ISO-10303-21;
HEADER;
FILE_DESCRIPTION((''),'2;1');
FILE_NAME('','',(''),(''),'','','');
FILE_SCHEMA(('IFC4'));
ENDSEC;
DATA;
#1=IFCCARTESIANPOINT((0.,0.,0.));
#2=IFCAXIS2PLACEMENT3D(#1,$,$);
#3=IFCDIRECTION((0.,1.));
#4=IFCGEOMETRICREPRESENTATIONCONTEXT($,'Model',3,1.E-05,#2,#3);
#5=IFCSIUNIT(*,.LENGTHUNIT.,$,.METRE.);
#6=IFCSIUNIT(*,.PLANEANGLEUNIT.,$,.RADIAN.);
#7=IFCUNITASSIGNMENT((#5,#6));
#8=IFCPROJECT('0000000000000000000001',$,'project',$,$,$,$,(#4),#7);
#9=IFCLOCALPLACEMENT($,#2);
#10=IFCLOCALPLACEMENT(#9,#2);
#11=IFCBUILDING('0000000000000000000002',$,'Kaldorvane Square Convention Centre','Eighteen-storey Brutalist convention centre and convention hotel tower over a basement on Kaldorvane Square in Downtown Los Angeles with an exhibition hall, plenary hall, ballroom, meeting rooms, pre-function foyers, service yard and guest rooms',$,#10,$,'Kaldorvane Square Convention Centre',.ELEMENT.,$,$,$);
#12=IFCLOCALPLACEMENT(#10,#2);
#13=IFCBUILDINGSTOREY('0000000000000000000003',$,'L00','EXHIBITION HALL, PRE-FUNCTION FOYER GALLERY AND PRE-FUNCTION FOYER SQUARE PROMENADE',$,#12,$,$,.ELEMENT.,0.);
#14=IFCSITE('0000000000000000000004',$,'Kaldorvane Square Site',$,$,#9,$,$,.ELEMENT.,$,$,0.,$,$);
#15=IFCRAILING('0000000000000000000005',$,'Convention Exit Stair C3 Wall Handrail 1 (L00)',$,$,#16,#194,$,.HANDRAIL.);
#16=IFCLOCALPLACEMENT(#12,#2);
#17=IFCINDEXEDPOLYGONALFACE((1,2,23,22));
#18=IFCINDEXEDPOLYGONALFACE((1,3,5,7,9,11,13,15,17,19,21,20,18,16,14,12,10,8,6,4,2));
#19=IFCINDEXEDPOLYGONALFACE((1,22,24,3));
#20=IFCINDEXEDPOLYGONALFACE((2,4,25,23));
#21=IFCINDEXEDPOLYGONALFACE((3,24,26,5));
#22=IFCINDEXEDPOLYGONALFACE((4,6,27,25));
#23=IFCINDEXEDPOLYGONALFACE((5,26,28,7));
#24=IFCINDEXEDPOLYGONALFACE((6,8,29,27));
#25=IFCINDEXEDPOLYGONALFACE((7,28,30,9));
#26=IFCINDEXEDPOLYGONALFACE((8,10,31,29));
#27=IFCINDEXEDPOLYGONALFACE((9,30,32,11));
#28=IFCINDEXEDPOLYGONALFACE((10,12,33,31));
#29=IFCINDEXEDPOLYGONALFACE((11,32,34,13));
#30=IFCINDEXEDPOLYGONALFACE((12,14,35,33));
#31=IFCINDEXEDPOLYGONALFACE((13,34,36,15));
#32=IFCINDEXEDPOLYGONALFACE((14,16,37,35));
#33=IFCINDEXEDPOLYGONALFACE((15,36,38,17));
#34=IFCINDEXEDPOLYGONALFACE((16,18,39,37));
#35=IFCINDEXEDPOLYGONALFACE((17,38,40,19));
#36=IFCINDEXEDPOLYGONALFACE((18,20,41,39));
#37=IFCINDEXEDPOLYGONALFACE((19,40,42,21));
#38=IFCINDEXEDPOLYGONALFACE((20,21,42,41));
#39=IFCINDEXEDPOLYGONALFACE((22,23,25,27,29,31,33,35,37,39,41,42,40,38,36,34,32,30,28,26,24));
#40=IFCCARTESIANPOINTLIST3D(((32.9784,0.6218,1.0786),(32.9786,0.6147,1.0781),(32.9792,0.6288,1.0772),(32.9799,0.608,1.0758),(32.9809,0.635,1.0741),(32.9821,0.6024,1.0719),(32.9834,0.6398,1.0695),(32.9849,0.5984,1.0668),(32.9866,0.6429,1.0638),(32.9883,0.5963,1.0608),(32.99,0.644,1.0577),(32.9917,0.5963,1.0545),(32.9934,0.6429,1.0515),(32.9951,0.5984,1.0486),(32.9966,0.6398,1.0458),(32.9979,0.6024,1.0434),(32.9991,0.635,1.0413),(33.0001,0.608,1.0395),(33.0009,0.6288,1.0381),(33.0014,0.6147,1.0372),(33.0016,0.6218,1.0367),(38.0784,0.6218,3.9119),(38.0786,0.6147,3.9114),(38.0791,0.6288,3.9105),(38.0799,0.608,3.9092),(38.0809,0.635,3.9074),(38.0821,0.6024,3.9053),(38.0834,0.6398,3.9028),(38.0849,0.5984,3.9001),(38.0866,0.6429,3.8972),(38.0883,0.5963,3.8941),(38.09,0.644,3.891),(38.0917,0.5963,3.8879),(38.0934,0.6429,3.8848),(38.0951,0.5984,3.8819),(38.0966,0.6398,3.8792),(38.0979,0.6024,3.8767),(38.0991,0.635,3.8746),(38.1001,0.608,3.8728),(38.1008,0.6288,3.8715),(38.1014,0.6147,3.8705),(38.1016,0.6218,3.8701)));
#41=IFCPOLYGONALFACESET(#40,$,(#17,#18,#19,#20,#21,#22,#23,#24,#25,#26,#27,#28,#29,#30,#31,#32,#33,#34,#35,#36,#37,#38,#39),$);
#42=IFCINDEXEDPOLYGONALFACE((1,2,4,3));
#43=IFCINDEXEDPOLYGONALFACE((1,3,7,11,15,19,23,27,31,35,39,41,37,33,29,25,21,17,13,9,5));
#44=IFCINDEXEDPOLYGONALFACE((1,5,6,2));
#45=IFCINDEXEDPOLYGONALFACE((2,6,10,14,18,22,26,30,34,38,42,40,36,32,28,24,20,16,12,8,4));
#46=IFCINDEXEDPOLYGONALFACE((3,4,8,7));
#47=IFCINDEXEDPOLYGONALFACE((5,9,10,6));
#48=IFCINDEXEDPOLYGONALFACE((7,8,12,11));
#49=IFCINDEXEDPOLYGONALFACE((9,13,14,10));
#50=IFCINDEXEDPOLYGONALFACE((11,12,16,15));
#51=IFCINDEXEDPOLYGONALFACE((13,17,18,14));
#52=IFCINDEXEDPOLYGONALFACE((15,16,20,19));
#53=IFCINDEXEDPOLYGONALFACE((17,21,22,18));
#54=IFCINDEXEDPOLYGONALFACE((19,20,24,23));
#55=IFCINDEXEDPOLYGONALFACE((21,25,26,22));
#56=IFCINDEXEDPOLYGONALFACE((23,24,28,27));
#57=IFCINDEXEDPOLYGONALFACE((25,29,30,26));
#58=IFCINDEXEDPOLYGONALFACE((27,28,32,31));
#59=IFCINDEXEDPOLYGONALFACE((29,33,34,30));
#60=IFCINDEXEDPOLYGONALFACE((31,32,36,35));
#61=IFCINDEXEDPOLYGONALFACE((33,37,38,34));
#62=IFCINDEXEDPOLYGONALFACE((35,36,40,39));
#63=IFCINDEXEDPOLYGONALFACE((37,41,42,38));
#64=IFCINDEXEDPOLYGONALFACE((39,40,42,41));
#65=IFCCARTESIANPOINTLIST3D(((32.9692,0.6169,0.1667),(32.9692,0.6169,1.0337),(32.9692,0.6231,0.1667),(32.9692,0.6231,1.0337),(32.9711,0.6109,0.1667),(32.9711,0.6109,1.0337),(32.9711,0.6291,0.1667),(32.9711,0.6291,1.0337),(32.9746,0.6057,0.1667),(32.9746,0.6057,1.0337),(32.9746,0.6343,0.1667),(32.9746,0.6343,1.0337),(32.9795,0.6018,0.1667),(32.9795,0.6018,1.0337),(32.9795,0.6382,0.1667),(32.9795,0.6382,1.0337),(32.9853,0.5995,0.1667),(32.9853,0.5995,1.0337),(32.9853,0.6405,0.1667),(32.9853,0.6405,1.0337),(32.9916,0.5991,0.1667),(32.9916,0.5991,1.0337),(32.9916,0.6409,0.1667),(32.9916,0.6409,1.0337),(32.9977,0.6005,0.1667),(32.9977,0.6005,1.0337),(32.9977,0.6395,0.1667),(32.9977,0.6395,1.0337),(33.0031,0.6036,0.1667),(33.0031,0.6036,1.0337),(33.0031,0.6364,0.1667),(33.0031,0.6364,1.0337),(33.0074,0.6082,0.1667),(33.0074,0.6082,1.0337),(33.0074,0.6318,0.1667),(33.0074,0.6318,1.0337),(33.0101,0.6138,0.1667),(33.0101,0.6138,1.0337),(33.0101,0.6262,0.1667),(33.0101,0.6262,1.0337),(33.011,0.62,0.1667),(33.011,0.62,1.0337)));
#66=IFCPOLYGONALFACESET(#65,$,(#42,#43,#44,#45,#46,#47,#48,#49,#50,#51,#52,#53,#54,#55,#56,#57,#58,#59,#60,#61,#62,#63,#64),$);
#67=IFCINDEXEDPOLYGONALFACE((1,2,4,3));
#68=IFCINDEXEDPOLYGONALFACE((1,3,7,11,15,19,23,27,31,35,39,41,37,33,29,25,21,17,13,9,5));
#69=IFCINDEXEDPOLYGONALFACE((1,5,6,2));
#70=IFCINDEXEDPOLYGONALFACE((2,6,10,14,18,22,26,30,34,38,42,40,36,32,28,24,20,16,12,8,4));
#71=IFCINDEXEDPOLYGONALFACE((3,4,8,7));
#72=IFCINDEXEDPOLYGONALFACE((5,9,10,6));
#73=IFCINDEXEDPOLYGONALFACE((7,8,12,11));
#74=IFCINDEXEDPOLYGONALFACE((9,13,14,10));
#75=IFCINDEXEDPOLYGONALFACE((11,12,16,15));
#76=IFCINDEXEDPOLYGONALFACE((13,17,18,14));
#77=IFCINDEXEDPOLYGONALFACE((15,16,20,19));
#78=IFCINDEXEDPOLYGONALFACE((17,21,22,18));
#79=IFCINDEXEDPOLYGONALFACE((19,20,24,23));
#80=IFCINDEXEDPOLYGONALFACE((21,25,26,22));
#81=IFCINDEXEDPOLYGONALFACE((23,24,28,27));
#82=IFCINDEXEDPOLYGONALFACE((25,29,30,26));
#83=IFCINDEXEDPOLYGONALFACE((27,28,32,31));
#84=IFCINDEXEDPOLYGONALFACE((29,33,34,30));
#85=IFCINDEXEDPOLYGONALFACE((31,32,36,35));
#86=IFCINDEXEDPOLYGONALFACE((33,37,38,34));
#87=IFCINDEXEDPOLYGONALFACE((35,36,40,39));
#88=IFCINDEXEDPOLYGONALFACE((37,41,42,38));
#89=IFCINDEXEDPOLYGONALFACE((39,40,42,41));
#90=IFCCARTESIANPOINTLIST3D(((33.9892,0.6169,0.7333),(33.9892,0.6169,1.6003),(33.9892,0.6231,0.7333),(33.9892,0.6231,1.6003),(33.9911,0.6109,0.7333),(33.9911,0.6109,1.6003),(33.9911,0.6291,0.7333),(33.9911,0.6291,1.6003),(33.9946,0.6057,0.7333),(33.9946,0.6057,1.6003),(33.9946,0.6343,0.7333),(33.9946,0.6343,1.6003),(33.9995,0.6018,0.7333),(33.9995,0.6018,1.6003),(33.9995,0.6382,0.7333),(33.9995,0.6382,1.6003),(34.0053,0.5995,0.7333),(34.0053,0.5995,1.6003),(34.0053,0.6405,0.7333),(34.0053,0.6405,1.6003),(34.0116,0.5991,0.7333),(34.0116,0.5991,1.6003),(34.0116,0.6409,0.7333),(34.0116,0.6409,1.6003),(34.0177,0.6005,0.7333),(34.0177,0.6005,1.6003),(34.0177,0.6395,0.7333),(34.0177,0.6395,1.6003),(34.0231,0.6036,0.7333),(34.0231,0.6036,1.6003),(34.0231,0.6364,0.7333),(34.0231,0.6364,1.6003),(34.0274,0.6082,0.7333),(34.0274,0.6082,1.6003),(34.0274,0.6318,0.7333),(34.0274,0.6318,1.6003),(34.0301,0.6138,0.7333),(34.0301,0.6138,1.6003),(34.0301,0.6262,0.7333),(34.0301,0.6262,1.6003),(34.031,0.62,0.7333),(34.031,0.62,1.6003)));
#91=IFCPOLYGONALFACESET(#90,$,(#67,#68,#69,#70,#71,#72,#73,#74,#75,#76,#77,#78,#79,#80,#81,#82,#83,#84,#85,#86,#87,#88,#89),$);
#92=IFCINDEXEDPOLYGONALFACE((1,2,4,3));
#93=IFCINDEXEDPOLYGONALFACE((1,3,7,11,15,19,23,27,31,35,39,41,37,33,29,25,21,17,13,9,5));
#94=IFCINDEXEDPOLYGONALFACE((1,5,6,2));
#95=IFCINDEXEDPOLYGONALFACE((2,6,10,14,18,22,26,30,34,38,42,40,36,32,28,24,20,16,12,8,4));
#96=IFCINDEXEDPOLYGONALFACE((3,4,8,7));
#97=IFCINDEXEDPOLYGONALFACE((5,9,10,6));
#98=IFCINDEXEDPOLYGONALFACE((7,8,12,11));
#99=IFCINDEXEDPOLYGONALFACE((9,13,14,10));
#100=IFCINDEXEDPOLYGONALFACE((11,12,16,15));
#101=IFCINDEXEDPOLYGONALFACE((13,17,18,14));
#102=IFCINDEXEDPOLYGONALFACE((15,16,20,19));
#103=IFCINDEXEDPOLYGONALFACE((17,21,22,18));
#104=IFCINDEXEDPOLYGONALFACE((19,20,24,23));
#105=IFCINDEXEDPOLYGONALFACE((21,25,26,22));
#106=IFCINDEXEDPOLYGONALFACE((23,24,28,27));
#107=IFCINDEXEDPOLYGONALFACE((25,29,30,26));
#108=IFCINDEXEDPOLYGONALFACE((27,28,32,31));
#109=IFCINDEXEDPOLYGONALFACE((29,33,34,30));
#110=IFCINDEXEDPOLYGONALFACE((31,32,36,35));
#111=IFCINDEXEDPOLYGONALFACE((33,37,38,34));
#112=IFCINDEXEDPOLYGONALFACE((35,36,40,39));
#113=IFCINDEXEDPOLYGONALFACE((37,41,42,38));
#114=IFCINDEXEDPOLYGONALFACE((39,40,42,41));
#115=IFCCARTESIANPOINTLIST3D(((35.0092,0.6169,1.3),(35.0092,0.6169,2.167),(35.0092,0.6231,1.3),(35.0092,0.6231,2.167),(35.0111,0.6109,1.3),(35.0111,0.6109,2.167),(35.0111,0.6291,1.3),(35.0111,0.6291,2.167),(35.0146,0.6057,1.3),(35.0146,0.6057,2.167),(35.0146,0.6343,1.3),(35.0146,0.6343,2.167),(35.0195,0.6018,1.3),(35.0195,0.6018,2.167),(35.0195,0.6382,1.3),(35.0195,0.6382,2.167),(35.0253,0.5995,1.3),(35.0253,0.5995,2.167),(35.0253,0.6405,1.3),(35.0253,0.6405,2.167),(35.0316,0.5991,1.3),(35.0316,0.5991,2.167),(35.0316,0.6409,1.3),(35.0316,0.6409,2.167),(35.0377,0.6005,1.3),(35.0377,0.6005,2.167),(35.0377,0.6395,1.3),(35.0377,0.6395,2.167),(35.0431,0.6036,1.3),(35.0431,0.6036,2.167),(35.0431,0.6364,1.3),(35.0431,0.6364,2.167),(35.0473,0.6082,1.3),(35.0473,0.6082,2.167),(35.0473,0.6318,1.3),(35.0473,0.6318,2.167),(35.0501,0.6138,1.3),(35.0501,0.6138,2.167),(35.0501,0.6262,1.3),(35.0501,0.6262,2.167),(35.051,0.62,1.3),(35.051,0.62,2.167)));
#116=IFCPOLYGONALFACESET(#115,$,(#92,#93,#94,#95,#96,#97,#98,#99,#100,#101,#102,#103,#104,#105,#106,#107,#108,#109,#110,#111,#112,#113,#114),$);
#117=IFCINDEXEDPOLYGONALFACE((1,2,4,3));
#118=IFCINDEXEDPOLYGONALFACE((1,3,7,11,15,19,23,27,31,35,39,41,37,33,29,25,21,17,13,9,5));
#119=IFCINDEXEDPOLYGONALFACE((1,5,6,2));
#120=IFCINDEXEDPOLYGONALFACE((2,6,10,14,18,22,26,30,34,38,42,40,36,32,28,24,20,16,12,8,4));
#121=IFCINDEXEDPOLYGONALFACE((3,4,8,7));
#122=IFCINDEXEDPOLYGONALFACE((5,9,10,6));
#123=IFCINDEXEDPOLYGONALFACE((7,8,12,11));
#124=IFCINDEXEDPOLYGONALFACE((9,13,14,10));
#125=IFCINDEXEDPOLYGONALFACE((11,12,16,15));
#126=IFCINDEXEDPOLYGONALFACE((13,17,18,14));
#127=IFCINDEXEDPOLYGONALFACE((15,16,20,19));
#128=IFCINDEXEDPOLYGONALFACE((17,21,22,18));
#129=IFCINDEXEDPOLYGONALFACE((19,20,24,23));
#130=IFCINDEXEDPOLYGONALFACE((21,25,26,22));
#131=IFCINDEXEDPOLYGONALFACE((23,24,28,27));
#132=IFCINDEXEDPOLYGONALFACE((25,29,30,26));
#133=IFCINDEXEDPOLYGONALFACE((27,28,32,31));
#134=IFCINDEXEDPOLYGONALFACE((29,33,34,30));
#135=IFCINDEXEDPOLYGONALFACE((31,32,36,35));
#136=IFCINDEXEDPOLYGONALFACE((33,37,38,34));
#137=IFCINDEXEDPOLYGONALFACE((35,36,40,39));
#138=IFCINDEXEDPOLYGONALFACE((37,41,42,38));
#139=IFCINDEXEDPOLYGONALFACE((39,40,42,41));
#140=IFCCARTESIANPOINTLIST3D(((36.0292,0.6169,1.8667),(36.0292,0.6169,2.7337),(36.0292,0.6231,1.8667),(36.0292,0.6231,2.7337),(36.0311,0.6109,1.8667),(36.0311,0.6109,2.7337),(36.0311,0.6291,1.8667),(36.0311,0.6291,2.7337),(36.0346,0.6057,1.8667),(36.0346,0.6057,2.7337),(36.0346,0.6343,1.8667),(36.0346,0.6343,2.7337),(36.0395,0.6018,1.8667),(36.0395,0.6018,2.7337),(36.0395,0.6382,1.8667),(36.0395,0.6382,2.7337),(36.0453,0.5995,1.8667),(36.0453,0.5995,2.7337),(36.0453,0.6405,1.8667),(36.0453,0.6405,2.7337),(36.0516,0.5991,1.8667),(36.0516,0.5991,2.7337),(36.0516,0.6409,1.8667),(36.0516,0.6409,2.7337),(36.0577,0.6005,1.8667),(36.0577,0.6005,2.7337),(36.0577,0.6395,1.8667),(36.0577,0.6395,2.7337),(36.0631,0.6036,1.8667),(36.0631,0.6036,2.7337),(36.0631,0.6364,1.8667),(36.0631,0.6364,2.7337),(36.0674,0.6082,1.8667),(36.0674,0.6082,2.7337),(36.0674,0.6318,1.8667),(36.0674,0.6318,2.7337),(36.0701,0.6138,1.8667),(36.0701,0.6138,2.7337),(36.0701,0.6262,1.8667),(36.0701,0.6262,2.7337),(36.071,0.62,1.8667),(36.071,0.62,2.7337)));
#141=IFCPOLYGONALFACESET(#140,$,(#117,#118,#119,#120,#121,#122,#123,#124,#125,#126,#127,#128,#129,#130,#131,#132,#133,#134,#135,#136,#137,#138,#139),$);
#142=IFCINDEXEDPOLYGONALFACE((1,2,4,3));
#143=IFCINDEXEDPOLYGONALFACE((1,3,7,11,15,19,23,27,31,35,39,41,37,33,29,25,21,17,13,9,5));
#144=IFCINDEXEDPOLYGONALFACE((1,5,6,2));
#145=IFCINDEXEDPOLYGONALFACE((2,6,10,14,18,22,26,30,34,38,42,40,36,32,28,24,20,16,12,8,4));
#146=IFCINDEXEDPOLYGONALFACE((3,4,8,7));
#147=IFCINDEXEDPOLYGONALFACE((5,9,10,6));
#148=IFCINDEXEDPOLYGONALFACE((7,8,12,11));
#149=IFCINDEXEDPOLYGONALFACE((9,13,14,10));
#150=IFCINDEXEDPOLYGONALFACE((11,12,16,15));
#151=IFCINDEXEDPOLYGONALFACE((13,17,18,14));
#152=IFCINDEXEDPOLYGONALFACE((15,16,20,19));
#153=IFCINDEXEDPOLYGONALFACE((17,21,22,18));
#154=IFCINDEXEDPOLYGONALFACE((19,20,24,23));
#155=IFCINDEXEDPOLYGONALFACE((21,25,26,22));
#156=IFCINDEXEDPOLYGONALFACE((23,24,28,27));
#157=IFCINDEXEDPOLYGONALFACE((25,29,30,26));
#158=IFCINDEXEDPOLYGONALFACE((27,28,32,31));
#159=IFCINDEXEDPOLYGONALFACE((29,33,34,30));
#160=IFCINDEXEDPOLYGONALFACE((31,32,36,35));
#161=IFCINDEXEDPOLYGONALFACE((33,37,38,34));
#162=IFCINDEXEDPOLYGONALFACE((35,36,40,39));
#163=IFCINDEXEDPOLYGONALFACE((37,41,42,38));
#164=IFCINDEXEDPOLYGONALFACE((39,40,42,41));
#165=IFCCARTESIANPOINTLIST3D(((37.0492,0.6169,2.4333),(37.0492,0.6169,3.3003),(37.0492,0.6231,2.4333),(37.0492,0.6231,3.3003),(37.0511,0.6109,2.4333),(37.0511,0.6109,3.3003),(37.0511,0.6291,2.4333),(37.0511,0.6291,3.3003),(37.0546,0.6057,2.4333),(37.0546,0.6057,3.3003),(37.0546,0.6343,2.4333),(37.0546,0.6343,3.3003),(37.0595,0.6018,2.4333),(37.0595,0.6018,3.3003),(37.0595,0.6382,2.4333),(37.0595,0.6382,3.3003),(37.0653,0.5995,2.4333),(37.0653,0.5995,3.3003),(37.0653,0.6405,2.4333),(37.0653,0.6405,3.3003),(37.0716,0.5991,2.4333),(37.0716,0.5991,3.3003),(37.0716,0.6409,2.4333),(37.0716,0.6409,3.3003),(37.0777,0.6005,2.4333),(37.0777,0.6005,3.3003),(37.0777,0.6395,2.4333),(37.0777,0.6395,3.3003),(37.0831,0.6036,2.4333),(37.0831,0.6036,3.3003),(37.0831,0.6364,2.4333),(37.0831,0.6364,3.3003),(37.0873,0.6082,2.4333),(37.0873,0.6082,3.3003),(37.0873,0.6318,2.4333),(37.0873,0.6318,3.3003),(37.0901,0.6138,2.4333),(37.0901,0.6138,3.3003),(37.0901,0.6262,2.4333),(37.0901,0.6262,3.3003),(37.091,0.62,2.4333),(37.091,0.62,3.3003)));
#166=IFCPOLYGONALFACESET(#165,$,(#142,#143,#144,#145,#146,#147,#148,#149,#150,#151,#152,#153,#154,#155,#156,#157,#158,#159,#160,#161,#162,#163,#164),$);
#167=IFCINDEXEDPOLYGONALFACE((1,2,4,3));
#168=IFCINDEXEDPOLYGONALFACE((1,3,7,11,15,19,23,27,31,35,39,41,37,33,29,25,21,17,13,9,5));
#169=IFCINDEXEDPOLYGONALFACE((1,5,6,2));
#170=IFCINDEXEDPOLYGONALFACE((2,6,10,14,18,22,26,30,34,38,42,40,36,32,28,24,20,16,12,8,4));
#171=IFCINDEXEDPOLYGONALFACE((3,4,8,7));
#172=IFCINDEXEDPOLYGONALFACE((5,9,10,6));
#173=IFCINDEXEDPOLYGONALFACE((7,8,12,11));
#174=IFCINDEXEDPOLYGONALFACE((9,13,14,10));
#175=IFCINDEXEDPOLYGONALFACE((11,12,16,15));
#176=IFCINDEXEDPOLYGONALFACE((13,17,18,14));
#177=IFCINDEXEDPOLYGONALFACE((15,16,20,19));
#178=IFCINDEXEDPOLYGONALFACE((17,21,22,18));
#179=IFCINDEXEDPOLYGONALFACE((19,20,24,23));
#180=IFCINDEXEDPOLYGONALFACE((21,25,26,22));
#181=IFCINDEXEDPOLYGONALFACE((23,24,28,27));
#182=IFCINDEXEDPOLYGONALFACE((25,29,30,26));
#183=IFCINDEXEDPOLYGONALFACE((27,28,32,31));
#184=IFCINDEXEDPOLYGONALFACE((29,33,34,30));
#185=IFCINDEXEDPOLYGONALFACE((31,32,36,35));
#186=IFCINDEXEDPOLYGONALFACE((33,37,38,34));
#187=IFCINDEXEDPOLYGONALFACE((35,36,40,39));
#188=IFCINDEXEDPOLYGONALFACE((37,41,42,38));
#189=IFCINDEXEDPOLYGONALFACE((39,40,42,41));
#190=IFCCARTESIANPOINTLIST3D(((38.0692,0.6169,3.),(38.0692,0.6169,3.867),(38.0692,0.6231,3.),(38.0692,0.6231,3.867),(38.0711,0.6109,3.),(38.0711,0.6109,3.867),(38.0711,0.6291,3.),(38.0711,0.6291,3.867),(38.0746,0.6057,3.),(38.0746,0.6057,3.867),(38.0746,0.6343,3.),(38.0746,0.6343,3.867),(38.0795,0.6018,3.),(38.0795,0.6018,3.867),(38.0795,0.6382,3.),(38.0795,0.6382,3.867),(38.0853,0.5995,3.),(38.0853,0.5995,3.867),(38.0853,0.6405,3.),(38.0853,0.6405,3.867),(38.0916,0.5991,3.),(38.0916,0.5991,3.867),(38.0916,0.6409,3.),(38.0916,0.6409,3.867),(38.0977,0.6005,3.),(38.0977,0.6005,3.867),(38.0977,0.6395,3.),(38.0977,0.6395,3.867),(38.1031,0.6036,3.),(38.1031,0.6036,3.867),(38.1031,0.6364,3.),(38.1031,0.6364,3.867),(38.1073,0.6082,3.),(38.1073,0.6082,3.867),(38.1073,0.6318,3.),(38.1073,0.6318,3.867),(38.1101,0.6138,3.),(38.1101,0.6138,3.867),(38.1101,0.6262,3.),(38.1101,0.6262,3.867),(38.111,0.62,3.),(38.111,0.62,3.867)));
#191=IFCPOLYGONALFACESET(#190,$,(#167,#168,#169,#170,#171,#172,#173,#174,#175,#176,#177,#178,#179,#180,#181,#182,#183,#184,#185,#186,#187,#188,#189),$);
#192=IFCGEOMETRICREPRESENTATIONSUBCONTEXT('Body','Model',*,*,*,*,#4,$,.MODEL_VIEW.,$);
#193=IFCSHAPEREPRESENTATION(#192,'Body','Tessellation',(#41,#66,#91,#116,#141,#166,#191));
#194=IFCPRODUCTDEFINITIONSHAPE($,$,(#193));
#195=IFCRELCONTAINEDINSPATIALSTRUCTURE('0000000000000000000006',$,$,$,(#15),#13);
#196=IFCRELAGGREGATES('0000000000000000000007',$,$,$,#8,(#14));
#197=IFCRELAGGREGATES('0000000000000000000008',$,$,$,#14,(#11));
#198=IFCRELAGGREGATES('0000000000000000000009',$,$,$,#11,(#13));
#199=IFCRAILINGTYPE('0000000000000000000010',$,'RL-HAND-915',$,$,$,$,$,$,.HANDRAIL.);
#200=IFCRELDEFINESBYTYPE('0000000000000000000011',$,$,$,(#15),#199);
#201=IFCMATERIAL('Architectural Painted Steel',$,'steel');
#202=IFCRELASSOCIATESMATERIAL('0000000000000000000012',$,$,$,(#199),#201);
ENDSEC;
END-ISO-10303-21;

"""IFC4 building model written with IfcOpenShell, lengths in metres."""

from ifc_helpers import new_model, si_unit, direction, frame, origin, origin_2d, place, context, subcontext, project, spatial, circle, extrude, material, type_object, element, save


model = new_model("IFC4")

# Units and contexts
model_context = context("Model", 3, precision=1e-05, world=origin(), true_north=direction((0.0, 1.0)))
body_context = subcontext(model_context, "Body", "Model", "MODEL_VIEW")
ifc_project = project(units=[si_unit("LENGTHUNIT", "METRE"), si_unit("PLANEANGLEUNIT", "RADIAN")], contexts=[model_context])

# Site, building, storey
site_placement = place(None, origin())
site = spatial("IfcSite", under=ifc_project, at=site_placement, Name="Kaldorvane Square Site", CompositionType="ELEMENT", RefElevation=0.0)
building_placement = place(site_placement, origin())
building = spatial("IfcBuilding", under=site, at=building_placement, Name="Kaldorvane Square Convention Centre", Description="Eighteen-storey Brutalist convention centre and convention hotel tower over a basement on Kaldorvane Square in Downtown Los Angeles with an exhibition hall, plenary hall, ballroom, meeting rooms, pre-function foyers, service yard and guest rooms", LongName="Kaldorvane Square Convention Centre", CompositionType="ELEMENT")
storey_placement = place(building_placement, origin())
storey = spatial("IfcBuildingStorey", under=building, at=storey_placement, Name="L00", Description="EXHIBITION HALL, PRE-FUNCTION FOYER GALLERY AND PRE-FUNCTION FOYER SQUARE PROMENADE", CompositionType="ELEMENT", Elevation=0.0)

# Railing
ifc_material_1 = material(Name="Architectural Painted Steel", Category="steel")
railing_type_1 = type_object("IfcRailingType", Name="RL-HAND-915", PredefinedType="HANDRAIL", material=ifc_material_1)
for number, where, name in (
    (1, (32.99, 0.62, 0.1667), "Convention Exit Stair C3 Wall Handrail 1 (L00)"),
):
    element("IfcRailing", number, at=place(storey_placement, frame(where)), inside=storey, type_object=railing_type_1, Name=name, PredefinedType="HANDRAIL", context=body_context, shape_type="SweptSolid", body=[
        extrude(circle(Radius=0.024, at=origin_2d()), frame((0.0, 0.0, 0.891), z_axis=(0.874157, 0.0, 0.485643), x_axis=(0.0, 1.0, 0.0)), (0.0, 0.0, 1.0), 5.8342),
        extrude(circle(Radius=0.021, at=origin_2d()), origin(), (0.0, 0.0, 1.0), 0.867),
        extrude(circle(Radius=0.021, at=origin_2d()), frame((1.02, 0.0, 0.5667)), (0.0, 0.0, 1.0), 0.867),
        extrude(circle(Radius=0.021, at=origin_2d()), frame((2.04, 0.0, 1.1333)), (0.0, 0.0, 1.0), 0.867),
        extrude(circle(Radius=0.021, at=origin_2d()), frame((3.06, 0.0, 1.7)), (0.0, 0.0, 1.0), 0.867),
        extrude(circle(Radius=0.021, at=origin_2d()), frame((4.08, 0.0, 2.2667)), (0.0, 0.0, 1.0), 0.867),
        extrude(circle(Radius=0.021, at=origin_2d()), frame((5.1, 0.0, 2.8333)), (0.0, 0.0, 1.0), 0.867),
    ])

save(model, "model.ifc")
